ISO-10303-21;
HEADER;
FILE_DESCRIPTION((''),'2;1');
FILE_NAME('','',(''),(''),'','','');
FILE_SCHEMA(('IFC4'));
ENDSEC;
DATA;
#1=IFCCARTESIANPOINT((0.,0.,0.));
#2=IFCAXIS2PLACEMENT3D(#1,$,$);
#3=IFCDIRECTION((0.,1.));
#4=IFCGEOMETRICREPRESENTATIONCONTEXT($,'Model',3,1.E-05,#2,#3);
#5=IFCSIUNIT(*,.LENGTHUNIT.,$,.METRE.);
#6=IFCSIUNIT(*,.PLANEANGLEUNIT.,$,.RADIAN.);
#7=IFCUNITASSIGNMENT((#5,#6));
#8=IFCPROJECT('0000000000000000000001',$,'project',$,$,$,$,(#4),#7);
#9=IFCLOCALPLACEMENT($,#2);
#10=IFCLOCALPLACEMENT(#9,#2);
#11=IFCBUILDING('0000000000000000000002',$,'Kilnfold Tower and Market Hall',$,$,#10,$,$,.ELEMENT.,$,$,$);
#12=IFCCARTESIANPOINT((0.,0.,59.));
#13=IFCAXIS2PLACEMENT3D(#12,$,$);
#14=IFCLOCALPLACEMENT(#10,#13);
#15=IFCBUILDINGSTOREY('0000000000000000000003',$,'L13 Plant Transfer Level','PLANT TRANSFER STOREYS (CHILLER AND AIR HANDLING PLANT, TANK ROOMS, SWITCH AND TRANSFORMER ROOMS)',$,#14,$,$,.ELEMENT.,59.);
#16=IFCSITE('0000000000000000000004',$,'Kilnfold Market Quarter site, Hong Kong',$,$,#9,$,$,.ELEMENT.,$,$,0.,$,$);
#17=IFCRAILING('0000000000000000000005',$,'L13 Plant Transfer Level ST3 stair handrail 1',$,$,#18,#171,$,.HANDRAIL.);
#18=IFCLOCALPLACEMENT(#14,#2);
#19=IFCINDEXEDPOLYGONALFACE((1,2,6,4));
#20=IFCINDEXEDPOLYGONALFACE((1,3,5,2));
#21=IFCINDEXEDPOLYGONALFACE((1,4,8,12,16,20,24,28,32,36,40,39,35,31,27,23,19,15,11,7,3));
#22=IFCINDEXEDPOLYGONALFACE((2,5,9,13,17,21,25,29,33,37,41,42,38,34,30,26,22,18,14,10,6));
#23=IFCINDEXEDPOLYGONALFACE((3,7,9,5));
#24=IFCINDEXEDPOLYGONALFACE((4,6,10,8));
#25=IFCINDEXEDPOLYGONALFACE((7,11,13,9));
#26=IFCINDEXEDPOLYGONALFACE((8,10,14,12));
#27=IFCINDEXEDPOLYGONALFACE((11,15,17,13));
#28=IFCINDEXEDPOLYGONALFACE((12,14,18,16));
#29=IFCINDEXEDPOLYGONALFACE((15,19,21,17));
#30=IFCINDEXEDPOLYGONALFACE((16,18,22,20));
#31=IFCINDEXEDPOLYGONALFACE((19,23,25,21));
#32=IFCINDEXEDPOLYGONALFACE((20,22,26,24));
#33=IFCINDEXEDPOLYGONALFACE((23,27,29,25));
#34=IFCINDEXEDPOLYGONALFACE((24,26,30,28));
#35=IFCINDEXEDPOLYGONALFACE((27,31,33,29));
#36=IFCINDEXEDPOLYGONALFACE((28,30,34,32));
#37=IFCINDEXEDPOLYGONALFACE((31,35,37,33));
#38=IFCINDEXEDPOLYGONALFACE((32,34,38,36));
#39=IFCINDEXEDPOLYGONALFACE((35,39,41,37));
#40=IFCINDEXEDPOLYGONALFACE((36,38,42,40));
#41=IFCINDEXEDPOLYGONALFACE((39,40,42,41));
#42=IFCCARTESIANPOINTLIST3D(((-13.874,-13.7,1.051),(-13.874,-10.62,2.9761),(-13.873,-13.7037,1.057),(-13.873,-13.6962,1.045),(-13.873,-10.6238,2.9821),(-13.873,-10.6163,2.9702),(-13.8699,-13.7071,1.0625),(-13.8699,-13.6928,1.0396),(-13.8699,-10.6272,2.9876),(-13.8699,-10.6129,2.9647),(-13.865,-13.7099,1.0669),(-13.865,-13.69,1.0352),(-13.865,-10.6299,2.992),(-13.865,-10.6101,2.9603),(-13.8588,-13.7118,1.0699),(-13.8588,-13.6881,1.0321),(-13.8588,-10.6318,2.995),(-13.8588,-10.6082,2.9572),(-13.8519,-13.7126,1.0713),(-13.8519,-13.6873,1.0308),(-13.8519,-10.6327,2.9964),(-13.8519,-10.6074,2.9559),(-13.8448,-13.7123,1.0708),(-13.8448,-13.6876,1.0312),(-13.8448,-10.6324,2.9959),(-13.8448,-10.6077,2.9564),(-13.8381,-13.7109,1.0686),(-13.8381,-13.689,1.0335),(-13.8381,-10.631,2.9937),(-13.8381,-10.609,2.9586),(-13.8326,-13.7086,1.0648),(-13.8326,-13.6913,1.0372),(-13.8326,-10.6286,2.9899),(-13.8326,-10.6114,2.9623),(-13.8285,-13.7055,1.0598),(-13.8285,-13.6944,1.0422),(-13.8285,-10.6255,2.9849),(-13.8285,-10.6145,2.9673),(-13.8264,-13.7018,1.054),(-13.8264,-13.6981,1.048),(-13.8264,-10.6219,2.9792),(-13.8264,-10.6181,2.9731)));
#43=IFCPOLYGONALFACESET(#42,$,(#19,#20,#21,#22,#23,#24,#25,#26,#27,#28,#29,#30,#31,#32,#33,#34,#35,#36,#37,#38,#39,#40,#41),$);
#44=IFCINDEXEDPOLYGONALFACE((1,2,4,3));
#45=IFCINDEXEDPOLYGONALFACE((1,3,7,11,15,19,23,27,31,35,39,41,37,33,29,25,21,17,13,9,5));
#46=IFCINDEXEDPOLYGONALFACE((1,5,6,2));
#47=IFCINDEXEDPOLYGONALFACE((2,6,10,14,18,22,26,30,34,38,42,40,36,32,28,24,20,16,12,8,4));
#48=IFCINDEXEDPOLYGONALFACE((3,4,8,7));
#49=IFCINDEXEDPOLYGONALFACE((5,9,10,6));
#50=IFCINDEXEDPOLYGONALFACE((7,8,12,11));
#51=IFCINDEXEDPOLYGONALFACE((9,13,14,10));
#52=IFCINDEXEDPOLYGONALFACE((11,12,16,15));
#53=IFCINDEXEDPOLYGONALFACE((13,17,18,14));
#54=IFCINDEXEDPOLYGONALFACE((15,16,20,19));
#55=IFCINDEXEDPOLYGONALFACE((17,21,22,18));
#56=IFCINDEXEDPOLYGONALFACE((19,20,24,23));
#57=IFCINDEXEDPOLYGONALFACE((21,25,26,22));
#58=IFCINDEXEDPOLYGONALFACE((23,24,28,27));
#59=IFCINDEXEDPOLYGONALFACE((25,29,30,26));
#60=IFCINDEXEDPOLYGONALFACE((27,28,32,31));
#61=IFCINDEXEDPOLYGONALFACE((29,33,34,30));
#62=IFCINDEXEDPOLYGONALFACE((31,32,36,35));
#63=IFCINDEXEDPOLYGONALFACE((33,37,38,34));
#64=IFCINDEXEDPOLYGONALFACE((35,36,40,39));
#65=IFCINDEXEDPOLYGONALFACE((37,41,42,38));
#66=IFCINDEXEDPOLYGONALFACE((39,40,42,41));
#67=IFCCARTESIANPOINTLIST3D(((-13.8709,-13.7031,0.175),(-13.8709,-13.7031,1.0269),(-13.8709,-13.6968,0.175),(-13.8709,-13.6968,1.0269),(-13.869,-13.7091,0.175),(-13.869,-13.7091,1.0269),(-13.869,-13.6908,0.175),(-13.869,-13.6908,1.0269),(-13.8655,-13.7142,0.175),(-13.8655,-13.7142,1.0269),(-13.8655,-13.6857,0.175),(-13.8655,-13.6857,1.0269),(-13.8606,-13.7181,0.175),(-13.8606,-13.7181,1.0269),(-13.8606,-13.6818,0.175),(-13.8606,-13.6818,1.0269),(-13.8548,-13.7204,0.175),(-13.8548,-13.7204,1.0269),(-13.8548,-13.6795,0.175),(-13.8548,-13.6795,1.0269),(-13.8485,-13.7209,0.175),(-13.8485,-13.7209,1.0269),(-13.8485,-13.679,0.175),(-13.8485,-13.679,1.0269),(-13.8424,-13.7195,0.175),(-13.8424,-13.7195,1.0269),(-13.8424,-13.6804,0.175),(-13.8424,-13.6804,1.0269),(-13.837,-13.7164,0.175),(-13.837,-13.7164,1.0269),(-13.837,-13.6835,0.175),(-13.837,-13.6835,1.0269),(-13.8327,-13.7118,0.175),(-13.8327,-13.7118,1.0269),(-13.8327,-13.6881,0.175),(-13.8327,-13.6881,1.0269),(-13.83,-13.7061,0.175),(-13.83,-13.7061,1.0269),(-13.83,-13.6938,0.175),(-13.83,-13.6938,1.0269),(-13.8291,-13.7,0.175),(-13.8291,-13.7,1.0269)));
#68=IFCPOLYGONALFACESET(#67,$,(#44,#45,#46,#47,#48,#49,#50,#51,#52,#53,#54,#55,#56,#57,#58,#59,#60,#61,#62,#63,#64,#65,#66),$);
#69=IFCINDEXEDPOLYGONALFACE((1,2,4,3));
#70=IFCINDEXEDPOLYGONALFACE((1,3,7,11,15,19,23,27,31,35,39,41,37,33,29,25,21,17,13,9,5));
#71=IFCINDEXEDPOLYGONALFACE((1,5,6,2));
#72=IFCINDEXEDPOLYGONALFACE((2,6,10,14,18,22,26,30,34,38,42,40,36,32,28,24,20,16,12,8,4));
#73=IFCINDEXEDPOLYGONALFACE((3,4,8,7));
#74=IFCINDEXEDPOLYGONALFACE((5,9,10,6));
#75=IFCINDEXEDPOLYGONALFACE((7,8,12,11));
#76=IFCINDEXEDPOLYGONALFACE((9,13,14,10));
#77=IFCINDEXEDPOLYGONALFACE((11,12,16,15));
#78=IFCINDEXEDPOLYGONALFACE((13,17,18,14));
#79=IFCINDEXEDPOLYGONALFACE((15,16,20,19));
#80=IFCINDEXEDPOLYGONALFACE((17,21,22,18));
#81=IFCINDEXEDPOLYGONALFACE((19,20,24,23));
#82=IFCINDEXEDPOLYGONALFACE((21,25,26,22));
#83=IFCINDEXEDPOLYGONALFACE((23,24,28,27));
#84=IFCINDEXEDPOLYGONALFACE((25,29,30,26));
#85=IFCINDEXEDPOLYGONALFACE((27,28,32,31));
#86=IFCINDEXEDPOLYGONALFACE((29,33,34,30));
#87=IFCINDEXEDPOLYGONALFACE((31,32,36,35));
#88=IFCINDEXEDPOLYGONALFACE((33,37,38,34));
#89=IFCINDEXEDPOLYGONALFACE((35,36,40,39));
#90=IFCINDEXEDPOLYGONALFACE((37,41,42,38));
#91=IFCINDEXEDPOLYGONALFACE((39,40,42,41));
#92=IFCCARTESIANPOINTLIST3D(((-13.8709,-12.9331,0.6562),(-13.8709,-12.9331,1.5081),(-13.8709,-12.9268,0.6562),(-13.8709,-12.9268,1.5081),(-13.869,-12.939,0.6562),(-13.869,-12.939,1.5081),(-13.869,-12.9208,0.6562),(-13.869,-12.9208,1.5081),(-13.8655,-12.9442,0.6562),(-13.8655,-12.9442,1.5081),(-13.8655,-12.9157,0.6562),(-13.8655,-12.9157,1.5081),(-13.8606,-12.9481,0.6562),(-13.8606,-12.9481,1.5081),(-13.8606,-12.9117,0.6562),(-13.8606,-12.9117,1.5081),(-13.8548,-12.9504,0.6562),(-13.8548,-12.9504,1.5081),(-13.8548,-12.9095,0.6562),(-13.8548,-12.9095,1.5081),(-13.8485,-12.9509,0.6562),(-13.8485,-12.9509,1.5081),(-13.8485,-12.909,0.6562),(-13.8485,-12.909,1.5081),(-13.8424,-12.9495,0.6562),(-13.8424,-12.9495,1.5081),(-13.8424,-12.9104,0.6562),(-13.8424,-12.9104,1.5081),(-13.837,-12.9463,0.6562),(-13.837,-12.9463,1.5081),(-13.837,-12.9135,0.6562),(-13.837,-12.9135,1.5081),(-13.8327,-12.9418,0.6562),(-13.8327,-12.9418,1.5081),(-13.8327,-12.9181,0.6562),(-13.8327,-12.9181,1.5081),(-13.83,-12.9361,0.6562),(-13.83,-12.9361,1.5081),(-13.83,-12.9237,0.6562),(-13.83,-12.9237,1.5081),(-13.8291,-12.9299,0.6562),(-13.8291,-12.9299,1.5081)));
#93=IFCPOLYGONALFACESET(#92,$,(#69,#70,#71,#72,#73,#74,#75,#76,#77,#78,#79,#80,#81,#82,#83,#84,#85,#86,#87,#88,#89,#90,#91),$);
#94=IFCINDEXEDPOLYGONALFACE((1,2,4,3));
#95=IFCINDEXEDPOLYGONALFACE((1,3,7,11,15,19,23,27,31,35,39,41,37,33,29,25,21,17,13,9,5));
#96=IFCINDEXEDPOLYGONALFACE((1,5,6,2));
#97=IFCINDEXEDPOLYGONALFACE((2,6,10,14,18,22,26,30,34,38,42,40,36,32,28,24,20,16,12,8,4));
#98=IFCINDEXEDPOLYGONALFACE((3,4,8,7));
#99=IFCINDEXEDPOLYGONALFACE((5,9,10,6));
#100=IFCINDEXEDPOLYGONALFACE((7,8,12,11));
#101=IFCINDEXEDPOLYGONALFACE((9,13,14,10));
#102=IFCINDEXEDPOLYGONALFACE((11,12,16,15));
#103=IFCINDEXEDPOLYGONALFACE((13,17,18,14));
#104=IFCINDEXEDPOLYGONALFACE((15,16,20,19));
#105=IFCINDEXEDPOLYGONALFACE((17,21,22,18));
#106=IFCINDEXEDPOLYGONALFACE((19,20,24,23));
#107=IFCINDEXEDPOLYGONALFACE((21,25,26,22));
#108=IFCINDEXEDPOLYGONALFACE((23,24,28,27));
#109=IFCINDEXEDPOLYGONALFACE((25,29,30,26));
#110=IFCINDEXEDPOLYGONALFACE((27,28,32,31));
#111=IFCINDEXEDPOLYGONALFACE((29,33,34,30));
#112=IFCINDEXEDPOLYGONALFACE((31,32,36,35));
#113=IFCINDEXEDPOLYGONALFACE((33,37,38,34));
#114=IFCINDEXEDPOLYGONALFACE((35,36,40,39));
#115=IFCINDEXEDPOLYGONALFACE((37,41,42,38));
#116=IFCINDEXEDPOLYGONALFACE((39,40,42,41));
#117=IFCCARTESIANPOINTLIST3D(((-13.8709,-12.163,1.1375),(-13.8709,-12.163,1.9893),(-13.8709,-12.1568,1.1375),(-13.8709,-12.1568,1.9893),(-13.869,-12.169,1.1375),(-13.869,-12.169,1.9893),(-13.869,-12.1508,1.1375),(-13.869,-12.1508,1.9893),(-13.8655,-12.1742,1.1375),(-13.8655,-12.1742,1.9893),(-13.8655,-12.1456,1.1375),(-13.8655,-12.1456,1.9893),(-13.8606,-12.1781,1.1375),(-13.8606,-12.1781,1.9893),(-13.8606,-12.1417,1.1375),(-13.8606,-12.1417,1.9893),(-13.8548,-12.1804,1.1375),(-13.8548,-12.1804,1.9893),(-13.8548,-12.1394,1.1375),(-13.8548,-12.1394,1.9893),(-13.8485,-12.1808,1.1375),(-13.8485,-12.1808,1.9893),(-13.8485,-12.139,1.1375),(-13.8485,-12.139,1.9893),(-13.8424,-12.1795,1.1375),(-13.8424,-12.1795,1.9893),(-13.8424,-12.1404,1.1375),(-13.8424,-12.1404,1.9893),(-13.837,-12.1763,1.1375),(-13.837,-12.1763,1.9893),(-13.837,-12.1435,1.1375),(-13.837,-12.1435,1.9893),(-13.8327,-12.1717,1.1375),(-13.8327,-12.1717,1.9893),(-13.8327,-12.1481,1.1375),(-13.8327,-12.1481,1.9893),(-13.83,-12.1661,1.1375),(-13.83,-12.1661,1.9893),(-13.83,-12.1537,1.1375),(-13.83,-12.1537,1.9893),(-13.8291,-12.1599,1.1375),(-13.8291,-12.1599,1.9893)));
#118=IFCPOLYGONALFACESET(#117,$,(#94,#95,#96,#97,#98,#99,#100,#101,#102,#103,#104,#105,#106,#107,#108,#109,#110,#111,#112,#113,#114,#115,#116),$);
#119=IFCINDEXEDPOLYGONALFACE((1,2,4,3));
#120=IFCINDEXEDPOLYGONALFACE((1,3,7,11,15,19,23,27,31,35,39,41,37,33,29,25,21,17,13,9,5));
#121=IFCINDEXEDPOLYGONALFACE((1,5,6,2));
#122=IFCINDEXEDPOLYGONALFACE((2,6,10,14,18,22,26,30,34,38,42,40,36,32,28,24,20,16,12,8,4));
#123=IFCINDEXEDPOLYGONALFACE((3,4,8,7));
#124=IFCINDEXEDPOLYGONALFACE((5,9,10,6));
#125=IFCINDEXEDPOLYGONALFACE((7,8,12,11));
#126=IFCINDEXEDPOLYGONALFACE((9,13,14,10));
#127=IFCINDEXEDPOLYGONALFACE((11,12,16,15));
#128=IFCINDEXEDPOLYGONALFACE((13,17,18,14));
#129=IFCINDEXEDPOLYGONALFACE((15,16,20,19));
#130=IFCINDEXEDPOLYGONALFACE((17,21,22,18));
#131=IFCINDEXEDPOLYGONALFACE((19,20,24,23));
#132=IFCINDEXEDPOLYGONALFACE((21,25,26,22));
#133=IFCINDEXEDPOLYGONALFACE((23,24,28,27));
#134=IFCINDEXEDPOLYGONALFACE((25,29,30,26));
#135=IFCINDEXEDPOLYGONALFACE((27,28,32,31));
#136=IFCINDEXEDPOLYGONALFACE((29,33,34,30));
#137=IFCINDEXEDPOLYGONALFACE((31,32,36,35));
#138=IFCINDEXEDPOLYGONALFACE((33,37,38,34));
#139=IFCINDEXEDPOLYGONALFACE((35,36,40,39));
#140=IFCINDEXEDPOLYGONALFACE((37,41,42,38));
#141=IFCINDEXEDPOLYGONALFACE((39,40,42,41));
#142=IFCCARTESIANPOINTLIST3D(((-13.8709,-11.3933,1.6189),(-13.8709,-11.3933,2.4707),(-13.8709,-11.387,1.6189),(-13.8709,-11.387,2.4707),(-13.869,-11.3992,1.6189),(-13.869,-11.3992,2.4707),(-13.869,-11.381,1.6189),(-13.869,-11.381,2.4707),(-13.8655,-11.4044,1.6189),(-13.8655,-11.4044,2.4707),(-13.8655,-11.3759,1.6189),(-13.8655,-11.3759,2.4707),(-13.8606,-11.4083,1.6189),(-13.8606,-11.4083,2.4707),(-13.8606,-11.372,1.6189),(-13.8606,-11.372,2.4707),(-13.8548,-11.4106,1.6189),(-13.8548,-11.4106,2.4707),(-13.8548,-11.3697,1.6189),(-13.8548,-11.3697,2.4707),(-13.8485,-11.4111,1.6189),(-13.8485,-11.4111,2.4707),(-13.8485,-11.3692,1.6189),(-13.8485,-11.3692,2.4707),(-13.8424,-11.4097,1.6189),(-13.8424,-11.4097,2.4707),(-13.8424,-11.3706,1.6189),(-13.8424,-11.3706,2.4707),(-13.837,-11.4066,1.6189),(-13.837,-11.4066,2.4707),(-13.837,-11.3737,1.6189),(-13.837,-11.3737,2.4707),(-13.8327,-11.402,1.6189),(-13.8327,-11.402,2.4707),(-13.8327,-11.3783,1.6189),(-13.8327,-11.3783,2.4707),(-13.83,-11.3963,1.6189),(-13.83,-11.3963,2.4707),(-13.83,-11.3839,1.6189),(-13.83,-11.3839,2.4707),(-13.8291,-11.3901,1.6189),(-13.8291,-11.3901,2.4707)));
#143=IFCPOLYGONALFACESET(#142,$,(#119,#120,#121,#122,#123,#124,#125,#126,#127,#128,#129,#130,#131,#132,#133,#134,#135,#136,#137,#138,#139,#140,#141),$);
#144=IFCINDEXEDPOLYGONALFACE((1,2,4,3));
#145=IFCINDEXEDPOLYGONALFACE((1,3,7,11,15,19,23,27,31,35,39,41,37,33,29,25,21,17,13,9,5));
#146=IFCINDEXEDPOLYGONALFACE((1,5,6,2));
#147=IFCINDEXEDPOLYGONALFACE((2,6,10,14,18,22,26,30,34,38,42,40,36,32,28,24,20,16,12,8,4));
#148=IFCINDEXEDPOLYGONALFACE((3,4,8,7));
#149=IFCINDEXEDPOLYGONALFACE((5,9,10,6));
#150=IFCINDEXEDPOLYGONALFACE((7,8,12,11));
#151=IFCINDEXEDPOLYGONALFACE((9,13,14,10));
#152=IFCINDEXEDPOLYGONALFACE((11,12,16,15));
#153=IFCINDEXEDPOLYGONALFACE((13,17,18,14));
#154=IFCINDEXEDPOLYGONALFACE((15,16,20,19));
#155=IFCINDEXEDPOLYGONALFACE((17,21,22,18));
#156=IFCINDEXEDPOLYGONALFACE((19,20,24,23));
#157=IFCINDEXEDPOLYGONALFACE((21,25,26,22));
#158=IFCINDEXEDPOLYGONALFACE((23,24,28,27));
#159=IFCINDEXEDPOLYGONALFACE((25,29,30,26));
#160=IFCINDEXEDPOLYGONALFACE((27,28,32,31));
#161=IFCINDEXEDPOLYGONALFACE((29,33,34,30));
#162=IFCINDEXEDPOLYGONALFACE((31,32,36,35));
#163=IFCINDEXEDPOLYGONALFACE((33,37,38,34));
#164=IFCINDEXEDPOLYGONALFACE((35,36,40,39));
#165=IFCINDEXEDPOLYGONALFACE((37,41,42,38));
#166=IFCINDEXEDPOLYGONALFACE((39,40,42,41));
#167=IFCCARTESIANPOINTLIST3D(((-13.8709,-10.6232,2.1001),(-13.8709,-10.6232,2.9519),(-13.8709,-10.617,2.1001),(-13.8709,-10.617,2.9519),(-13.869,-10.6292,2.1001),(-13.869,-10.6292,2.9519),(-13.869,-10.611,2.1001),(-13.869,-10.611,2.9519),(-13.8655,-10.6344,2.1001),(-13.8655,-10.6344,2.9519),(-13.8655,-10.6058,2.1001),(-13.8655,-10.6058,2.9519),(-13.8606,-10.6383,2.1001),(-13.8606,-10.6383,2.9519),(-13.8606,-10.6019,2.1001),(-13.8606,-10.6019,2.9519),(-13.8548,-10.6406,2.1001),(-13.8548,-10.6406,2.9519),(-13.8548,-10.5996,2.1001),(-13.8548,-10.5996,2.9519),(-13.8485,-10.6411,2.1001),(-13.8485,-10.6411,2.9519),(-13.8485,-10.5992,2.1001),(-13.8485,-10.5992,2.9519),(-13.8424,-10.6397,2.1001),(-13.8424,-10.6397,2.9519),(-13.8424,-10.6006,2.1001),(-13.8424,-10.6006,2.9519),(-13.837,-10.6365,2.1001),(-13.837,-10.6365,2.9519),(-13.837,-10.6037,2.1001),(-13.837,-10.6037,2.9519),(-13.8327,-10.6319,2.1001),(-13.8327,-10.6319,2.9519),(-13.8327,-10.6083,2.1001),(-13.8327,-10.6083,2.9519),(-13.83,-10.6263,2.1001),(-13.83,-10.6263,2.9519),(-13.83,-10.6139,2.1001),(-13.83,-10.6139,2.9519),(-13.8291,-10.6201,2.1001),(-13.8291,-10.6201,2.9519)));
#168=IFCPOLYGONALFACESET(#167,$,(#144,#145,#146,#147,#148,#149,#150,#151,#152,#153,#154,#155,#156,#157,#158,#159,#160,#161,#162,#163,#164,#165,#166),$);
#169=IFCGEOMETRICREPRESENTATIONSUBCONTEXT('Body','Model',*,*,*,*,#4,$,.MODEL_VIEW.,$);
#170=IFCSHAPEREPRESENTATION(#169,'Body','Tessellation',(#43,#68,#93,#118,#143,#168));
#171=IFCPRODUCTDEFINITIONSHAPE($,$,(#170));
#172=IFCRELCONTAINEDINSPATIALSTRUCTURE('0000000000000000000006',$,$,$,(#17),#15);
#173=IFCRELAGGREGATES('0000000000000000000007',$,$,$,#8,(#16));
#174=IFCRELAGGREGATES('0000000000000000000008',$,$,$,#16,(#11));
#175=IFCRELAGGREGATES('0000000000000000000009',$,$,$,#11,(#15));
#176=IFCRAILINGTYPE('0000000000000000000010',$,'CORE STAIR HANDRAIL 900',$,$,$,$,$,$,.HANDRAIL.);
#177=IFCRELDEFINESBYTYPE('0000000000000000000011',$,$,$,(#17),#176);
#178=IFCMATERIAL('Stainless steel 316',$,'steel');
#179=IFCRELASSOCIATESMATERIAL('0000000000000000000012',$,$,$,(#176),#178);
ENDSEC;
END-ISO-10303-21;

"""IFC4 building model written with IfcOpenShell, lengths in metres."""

from ifc_helpers import new_model, si_unit, direction, frame, origin, origin_2d, place, context, subcontext, project, spatial, circle, extrude, material, type_object, element, save


model = new_model("IFC4")

# Units and contexts
model_context = context("Model", 3, precision=1e-05, world=origin(), true_north=direction((0.0, 1.0)))
body_context = subcontext(model_context, "Body", "Model", "MODEL_VIEW")
ifc_project = project(units=[si_unit("LENGTHUNIT", "METRE"), si_unit("PLANEANGLEUNIT", "RADIAN")], contexts=[model_context])

# Site, building, storey
site_placement = place(None, origin())
site = spatial("IfcSite", under=ifc_project, at=site_placement, Name="Kilnfold Market Quarter site, Hong Kong", CompositionType="ELEMENT", RefElevation=0.0)
building_placement = place(site_placement, origin())
building = spatial("IfcBuilding", under=site, at=building_placement, Name="Kilnfold Tower and Market Hall", CompositionType="ELEMENT")
storey_placement = place(building_placement, frame((0.0, 0.0, 59.0)))
storey = spatial("IfcBuildingStorey", under=building, at=storey_placement, Name="L13 Plant Transfer Level", Description="PLANT TRANSFER STOREYS (CHILLER AND AIR HANDLING PLANT, TANK ROOMS, SWITCH AND TRANSFORMER ROOMS)", CompositionType="ELEMENT", Elevation=59.0)

# Railing
ifc_material_1 = material(Name="Stainless steel 316", Category="steel")
railing_type_1 = type_object("IfcRailingType", Name="CORE STAIR HANDRAIL 900", PredefinedType="HANDRAIL", material=ifc_material_1)
railing_1_placement = place(storey_placement, frame((-13.8501, -13.7, 0.175)))
element("IfcRailing", 1, at=railing_1_placement, inside=storey, type_object=railing_type_1, Name="L13 Plant Transfer Level ST3 stair handrail 1", PredefinedType="HANDRAIL", context=body_context, shape_type="SweptSolid", body=[
    extrude(circle(Radius=0.0239, at=origin_2d()), frame((0.0, 0.0, 0.876), z_axis=(0.0, 0.847979, 0.530029), x_axis=(-1.0, 0.0, 0.0)), (0.0, 0.0, 1.0), 3.6321),
    extrude(circle(Radius=0.021, at=origin_2d()), origin(), (0.0, 0.0, 1.0), 0.8518),
    extrude(circle(Radius=0.021, at=origin_2d()), frame((0.0, 0.77, 0.4812)), (0.0, 0.0, 1.0), 0.8518),
    extrude(circle(Radius=0.021, at=origin_2d()), frame((0.0, 1.54, 0.9624)), (0.0, 0.0, 1.0), 0.8518),
    extrude(circle(Radius=0.021, at=origin_2d()), frame((0.0, 2.3098, 1.4438)), (0.0, 0.0, 1.0), 0.8518),
    extrude(circle(Radius=0.021, at=origin_2d()), frame((0.0, 3.0798, 1.925)), (0.0, 0.0, 1.0), 0.8518),
])

save(model, "model.ifc")
